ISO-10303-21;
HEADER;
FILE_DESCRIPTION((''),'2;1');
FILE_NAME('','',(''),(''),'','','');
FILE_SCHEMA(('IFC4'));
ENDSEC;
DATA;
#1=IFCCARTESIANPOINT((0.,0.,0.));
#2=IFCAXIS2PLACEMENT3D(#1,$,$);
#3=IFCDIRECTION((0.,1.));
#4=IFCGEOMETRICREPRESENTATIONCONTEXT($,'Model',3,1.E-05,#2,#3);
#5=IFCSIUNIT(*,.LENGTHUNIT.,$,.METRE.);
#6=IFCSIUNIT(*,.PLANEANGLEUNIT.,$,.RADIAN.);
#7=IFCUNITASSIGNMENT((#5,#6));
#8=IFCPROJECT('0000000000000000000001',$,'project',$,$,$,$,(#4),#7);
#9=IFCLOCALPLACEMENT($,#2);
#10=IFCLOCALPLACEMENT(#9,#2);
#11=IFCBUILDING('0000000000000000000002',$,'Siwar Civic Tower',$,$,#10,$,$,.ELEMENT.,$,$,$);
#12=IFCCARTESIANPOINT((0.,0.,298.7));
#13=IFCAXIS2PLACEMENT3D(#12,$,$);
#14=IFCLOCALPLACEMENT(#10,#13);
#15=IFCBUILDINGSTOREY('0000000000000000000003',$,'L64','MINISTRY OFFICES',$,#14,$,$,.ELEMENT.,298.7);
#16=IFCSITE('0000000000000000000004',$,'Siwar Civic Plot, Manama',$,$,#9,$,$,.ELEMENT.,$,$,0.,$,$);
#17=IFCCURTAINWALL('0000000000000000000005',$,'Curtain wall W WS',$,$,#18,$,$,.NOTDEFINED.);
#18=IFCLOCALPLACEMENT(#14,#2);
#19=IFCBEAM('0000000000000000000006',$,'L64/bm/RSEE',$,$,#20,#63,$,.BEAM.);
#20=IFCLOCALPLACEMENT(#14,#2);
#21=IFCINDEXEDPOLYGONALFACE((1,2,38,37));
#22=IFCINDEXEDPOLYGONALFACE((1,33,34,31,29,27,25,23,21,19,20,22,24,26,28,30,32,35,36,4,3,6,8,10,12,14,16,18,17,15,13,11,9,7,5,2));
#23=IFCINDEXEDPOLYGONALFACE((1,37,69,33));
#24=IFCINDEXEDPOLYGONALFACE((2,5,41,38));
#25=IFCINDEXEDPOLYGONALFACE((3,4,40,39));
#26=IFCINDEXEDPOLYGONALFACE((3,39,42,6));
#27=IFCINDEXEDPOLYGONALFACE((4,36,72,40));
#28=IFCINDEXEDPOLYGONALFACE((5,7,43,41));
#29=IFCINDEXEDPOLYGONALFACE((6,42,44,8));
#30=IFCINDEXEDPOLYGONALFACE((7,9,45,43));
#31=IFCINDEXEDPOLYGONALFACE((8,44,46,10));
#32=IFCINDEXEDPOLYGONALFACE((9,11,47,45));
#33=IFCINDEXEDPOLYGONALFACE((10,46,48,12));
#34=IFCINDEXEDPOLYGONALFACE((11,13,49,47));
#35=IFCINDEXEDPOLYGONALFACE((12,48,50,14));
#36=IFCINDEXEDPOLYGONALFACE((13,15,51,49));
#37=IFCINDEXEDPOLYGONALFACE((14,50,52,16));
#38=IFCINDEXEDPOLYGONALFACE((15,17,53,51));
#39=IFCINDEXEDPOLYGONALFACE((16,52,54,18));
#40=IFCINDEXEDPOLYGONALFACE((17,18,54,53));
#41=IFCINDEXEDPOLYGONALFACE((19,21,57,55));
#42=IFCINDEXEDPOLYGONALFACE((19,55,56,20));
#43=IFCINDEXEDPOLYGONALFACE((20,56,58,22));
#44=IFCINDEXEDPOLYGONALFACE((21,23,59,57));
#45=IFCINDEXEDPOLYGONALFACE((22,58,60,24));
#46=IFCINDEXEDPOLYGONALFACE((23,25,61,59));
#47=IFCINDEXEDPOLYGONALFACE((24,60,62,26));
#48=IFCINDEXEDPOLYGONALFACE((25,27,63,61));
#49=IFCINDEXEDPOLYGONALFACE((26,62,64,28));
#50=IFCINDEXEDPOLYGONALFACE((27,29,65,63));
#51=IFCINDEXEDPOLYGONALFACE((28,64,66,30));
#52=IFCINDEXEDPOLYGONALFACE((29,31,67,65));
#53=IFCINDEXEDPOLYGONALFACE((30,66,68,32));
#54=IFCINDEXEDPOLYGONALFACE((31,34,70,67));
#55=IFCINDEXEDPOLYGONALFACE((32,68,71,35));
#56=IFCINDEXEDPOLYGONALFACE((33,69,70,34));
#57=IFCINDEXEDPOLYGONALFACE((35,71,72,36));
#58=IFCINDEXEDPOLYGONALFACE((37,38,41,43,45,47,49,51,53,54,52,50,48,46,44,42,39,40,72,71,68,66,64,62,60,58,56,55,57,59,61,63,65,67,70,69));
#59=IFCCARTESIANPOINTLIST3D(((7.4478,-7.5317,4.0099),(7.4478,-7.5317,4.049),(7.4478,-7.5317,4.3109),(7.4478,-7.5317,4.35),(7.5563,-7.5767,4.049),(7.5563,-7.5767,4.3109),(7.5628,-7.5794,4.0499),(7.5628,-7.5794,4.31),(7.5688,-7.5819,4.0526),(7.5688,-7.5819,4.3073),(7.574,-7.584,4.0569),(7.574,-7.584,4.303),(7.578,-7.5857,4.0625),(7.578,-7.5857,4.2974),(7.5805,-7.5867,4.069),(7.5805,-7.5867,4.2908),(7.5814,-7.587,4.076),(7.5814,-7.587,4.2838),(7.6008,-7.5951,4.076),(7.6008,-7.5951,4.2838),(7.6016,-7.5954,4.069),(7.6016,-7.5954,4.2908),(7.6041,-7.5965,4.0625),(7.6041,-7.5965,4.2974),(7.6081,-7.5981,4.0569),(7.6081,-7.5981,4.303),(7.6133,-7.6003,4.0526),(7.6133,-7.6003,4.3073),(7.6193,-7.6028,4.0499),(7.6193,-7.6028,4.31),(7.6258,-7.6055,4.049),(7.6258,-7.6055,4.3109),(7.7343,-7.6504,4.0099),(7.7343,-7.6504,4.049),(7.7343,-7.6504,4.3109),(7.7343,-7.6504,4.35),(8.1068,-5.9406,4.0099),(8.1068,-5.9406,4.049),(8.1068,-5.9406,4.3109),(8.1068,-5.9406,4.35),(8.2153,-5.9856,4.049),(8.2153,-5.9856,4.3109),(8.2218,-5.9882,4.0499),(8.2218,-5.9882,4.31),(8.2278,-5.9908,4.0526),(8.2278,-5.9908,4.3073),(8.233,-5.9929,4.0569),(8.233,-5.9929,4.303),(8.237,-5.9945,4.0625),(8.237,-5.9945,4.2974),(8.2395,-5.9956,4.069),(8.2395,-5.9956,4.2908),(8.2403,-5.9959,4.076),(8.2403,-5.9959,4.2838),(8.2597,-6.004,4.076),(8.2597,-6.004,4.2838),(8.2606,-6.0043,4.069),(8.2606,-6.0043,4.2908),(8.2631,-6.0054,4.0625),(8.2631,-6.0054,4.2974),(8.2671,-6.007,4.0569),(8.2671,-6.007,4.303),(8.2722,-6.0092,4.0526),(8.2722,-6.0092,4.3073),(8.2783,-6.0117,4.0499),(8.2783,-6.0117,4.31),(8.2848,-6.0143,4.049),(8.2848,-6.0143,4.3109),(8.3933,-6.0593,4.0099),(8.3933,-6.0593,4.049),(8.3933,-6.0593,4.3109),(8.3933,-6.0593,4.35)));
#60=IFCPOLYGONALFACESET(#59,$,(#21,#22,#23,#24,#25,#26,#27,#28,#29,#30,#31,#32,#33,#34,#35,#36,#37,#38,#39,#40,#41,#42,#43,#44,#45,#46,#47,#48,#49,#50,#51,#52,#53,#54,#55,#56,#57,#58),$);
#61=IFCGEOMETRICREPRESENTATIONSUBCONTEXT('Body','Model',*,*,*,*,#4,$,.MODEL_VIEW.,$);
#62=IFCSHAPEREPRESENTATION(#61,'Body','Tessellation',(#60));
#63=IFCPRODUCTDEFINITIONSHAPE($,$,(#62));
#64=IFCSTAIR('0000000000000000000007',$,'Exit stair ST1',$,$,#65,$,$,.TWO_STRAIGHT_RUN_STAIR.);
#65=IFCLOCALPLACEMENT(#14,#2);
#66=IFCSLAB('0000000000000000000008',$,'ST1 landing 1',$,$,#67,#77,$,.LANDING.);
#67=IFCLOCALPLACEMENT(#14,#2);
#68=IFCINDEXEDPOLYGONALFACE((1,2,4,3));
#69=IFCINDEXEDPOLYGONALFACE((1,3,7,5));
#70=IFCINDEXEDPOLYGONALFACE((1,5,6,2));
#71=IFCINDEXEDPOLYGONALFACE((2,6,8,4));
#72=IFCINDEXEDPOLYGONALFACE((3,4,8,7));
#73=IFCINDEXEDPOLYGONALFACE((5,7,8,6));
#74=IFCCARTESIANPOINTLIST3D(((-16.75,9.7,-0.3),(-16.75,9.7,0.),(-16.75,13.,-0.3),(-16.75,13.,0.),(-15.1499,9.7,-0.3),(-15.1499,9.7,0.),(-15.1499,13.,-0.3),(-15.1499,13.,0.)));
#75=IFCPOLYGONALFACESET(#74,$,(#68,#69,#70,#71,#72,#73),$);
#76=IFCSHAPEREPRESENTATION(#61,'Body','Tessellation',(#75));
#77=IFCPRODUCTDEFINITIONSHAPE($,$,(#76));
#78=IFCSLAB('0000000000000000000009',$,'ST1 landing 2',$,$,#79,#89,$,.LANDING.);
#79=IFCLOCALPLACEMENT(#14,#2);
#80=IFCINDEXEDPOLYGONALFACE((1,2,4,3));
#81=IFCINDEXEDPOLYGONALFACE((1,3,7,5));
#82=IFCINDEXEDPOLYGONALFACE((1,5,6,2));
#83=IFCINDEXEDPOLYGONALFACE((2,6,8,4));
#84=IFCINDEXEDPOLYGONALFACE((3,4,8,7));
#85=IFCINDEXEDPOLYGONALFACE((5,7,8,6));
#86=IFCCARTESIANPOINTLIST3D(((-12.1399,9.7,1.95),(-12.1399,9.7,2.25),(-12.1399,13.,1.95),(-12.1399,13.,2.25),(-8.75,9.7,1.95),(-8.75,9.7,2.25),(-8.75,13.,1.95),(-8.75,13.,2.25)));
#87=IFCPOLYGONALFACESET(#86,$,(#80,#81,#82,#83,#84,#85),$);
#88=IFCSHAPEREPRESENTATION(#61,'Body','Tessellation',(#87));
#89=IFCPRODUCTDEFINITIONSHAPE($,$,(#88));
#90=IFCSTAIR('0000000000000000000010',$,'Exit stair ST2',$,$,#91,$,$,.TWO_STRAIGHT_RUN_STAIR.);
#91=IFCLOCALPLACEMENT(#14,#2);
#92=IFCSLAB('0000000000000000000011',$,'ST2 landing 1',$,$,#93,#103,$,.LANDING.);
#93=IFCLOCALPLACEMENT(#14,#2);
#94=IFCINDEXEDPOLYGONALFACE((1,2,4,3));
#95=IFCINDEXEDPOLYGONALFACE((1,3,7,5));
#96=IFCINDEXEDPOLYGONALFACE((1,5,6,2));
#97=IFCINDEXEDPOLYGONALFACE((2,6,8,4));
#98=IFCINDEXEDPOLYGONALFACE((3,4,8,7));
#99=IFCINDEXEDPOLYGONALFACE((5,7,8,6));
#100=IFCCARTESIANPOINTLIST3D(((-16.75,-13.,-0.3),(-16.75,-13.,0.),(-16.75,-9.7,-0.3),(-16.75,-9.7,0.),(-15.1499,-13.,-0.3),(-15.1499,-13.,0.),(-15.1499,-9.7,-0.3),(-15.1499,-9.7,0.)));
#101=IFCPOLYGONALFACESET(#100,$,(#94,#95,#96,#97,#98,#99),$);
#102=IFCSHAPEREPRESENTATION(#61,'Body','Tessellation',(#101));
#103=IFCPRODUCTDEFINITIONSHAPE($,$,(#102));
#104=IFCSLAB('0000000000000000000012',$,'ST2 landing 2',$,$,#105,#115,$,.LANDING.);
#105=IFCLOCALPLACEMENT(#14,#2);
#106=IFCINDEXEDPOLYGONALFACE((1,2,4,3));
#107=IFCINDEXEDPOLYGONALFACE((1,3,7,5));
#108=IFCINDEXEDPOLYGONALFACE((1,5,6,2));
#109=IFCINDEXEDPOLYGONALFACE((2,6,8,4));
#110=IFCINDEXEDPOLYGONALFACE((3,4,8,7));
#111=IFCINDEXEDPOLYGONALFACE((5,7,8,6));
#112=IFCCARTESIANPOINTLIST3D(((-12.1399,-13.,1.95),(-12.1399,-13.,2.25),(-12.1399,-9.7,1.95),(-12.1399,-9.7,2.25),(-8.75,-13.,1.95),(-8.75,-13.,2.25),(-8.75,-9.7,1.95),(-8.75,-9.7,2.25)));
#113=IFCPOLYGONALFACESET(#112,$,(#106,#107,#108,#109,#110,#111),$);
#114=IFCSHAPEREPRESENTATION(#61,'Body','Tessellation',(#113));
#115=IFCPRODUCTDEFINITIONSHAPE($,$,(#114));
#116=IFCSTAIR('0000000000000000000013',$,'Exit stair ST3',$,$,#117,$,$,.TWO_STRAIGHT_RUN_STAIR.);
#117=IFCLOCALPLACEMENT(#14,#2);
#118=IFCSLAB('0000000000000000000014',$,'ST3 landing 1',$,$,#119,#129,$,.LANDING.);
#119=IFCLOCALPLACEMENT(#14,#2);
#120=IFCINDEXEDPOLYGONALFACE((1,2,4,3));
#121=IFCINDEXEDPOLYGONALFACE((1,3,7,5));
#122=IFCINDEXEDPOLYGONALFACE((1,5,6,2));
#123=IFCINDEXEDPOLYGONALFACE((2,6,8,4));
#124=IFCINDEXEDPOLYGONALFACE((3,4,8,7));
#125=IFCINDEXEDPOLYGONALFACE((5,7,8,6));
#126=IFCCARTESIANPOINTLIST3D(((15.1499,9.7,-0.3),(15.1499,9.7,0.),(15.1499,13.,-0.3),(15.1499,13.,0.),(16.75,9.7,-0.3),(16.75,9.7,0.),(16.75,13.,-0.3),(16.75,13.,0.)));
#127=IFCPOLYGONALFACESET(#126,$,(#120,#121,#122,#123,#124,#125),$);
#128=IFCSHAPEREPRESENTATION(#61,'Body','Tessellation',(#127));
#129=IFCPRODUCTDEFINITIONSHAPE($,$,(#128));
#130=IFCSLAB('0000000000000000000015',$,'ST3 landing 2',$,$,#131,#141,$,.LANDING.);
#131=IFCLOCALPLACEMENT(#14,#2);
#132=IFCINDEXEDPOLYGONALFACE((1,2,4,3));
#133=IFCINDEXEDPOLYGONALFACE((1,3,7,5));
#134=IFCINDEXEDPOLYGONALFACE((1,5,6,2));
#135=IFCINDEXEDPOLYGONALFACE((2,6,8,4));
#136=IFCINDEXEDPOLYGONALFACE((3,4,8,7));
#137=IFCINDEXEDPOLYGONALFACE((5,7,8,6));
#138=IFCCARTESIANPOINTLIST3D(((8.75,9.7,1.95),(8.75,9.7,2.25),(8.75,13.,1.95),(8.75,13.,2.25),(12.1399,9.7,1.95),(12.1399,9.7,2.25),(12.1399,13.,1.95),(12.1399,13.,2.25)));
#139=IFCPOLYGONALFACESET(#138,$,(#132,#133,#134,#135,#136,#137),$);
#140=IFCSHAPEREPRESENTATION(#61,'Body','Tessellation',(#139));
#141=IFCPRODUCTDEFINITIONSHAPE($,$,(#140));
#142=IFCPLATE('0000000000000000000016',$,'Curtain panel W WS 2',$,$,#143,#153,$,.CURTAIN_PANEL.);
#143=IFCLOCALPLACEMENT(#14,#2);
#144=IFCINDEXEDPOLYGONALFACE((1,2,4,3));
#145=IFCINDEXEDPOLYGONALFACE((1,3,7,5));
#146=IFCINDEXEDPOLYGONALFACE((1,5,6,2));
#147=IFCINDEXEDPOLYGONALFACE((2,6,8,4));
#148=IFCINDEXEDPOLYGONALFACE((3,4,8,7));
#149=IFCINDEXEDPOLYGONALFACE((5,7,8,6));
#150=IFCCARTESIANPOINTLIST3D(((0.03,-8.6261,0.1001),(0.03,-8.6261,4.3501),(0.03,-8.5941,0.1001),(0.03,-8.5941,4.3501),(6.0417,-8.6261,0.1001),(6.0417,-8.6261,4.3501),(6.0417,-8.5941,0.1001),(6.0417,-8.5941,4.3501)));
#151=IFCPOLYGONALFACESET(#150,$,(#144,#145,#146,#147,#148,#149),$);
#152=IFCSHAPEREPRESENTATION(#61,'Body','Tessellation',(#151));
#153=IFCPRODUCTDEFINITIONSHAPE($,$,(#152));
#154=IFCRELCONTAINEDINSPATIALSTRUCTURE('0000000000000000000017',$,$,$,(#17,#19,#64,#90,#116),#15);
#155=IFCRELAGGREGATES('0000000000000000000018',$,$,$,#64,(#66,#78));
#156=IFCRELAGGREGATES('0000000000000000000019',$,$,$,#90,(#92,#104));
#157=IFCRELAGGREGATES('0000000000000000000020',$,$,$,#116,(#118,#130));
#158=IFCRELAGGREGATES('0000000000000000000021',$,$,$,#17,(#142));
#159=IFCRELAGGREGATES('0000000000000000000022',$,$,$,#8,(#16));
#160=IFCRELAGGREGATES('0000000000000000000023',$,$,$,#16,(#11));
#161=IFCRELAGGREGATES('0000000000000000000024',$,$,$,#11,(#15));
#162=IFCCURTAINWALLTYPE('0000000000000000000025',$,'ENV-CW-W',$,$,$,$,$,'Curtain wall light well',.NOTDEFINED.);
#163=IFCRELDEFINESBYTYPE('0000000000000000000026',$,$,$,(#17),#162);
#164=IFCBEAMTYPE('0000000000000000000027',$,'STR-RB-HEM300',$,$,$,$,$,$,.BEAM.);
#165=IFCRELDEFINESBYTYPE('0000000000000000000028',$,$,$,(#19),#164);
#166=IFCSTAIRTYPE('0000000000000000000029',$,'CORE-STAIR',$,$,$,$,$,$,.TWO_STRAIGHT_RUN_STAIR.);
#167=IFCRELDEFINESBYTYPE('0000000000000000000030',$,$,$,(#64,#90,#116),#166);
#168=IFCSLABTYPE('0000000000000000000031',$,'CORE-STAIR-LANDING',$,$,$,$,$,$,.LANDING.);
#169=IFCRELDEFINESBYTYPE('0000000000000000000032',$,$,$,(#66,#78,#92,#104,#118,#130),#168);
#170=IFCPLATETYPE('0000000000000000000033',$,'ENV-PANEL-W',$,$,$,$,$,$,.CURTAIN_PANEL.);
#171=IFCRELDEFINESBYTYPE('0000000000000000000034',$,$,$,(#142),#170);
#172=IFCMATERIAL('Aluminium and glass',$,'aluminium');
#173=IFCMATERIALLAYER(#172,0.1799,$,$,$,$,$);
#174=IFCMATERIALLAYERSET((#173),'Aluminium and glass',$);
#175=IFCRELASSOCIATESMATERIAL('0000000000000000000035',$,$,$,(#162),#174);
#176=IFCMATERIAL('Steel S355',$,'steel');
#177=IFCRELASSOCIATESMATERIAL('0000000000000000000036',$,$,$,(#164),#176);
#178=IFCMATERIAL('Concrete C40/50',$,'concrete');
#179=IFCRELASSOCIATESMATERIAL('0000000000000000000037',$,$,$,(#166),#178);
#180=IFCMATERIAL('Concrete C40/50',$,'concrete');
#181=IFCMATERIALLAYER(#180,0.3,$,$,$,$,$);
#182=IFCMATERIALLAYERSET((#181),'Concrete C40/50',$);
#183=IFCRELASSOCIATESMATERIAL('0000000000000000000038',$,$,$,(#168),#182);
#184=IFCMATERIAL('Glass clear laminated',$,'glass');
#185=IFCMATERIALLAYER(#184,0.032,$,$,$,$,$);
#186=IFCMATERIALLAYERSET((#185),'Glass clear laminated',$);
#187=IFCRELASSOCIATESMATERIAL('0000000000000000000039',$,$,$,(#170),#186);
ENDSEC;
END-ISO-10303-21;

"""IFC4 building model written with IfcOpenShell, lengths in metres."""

from ifc_helpers import new_model, si_unit, direction, frame, origin, origin_2d, place, context, subcontext, project, spatial, polyline, rectangle, i_section, outline, extrude, material, layer, layer_set, material_profile, profile_set, type_object, element, aggregate, save


model = new_model("IFC4")

# Units and contexts
model_context = context("Model", 3, precision=1e-05, world=origin(), true_north=direction((0.0, 1.0)))
body_context = subcontext(model_context, "Body", "Model", "MODEL_VIEW")
ifc_project = project(units=[si_unit("LENGTHUNIT", "METRE"), si_unit("PLANEANGLEUNIT", "RADIAN")], contexts=[model_context])

# Site, building, storey
site_placement = place(None, origin())
site = spatial("IfcSite", under=ifc_project, at=site_placement, Name="Siwar Civic Plot, Manama", CompositionType="ELEMENT", RefElevation=0.0)
building_placement = place(site_placement, origin())
building = spatial("IfcBuilding", under=site, at=building_placement, Name="Siwar Civic Tower", CompositionType="ELEMENT")
storey_placement = place(building_placement, frame((0.0, 0.0, 298.7)))
storey = spatial("IfcBuildingStorey", under=building, at=storey_placement, Name="L64", Description="MINISTRY OFFICES", CompositionType="ELEMENT", Elevation=298.7)

# Curtain wall
ifc_material_1 = material(Name="Aluminium and glass", Category="aluminium")
ifc_layer_1 = layer(ifc_material_1, 0.1799)
ifc_layer_set_1 = layer_set([ifc_layer_1], Name="Aluminium and glass")
curtain_wall_type = type_object("IfcCurtainWallType", Name="ENV-CW-W", ElementType="Curtain wall light well", PredefinedType="NOTDEFINED", material=ifc_layer_set_1)
curtain_wall_placement = place(storey_placement, origin())
curtain_wall = element("IfcCurtainWall", 1, at=curtain_wall_placement, inside=storey, type_object=curtain_wall_type, Name="Curtain wall W WS", PredefinedType="NOTDEFINED")

# Beam
ifc_material_2 = material(Name="Steel S355", Category="steel")
ifc_material_profile_1 = material_profile(ifc_material_2, i_section(OverallWidth=0.3101, OverallDepth=0.3401, WebThickness=0.021, FlangeThickness=0.0391, FilletRadius=0.0271, at=origin_2d()), Name="HEM300")
ifc_profile_set_1 = profile_set([ifc_material_profile_1], Name="Steel S355")
beam_type = type_object("IfcBeamType", Name="STR-RB-HEM300", PredefinedType="BEAM", material=ifc_profile_set_1)
for number, where, z_axis, x_axis, name in (
    (2, (7.5911, -7.5911, 4.1799), (0.382631, 0.923901, 0.0), (-0.923901, 0.382631, 0.0), "L64/bm/RSEE"),
):
    element("IfcBeam", number, at=place(storey_placement, frame(where, z_axis=z_axis, x_axis=x_axis)), inside=storey, type_object=beam_type, Name=name, PredefinedType="BEAM", context=body_context, shape_type="SweptSolid", body=[
        extrude(i_section(OverallWidth=0.3101, OverallDepth=0.3401, WebThickness=0.021, FlangeThickness=0.0391, FilletRadius=0.0271, at=origin_2d()), origin(), (0.0, 0.0, 1.0), 1.7222),
    ])

# Stairs, slabs
ifc_material_3 = material(Name="Concrete C40/50", Category="concrete")
stair_type = type_object("IfcStairType", Name="CORE-STAIR", PredefinedType="TWO_STRAIGHT_RUN_STAIR", material=ifc_material_3)
stair_1_placement = place(storey_placement, origin())
stair_1 = element("IfcStair", 3, at=stair_1_placement, inside=storey, type_object=stair_type, Name="Exit stair ST1", PredefinedType="TWO_STRAIGHT_RUN_STAIR")
ifc_material_4 = material(Name="Concrete C40/50", Category="concrete")
ifc_layer_2 = layer(ifc_material_4, 0.3)
ifc_layer_set_2 = layer_set([ifc_layer_2], Name="Concrete C40/50")
slab_type_1 = type_object("IfcSlabType", Name="CORE-STAIR-LANDING", PredefinedType="LANDING", material=ifc_layer_set_2)
slab_1_placement = place(storey_placement, frame((0.0, 0.0, -0.3)))
slab_1 = element("IfcSlab", 4, at=slab_1_placement, type_object=slab_type_1, Name="ST1 landing 1", PredefinedType="LANDING", context=body_context, shape_type="SweptSolid", body=[
    extrude(outline(polyline([(-15.1499, 13.0), (-16.75, 13.0), (-16.75, 9.7), (-15.1499, 9.7), (-15.1499, 13.0)])), origin(), (0.0, 0.0, 1.0), 0.3),
])
slab_2_placement = place(storey_placement, frame((0.0, 0.0, 1.95)))
slab_2 = element("IfcSlab", 5, at=slab_2_placement, type_object=slab_type_1, Name="ST1 landing 2", PredefinedType="LANDING", context=body_context, shape_type="SweptSolid", body=[
    extrude(outline(polyline([(-8.75, 13.0), (-12.1399, 13.0), (-12.1399, 9.7), (-8.75, 9.7), (-8.75, 13.0)])), origin(), (0.0, 0.0, 1.0), 0.3),
])
aggregate(stair_1, [slab_1, slab_2])
stair_2_placement = place(storey_placement, origin())
stair_2 = element("IfcStair", 6, at=stair_2_placement, inside=storey, type_object=stair_type, Name="Exit stair ST2", PredefinedType="TWO_STRAIGHT_RUN_STAIR")
slab_3_placement = place(storey_placement, frame((0.0, 0.0, -0.3)))
slab_3 = element("IfcSlab", 7, at=slab_3_placement, type_object=slab_type_1, Name="ST2 landing 1", PredefinedType="LANDING", context=body_context, shape_type="SweptSolid", body=[
    extrude(outline(polyline([(-15.1499, -9.7), (-16.75, -9.7), (-16.75, -13.0), (-15.1499, -13.0), (-15.1499, -9.7)])), origin(), (0.0, 0.0, 1.0), 0.3),
])
slab_4_placement = place(storey_placement, frame((0.0, 0.0, 1.95)))
slab_4 = element("IfcSlab", 8, at=slab_4_placement, type_object=slab_type_1, Name="ST2 landing 2", PredefinedType="LANDING", context=body_context, shape_type="SweptSolid", body=[
    extrude(outline(polyline([(-8.75, -9.7), (-12.1399, -9.7), (-12.1399, -13.0), (-8.75, -13.0), (-8.75, -9.7)])), origin(), (0.0, 0.0, 1.0), 0.3),
])
aggregate(stair_2, [slab_3, slab_4])
stair_3_placement = place(storey_placement, origin())
stair_3 = element("IfcStair", 9, at=stair_3_placement, inside=storey, type_object=stair_type, Name="Exit stair ST3", PredefinedType="TWO_STRAIGHT_RUN_STAIR")
slab_5_placement = place(storey_placement, frame((0.0, 0.0, -0.3)))
slab_5 = element("IfcSlab", 10, at=slab_5_placement, type_object=slab_type_1, Name="ST3 landing 1", PredefinedType="LANDING", context=body_context, shape_type="SweptSolid", body=[
    extrude(outline(polyline([(15.1499, 9.7), (16.75, 9.7), (16.75, 13.0), (15.1499, 13.0), (15.1499, 9.7)])), origin(), (0.0, 0.0, 1.0), 0.3),
])
slab_6_placement = place(storey_placement, frame((0.0, 0.0, 1.95)))
slab_6 = element("IfcSlab", 11, at=slab_6_placement, type_object=slab_type_1, Name="ST3 landing 2", PredefinedType="LANDING", context=body_context, shape_type="SweptSolid", body=[
    extrude(outline(polyline([(8.75, 9.7), (12.1399, 9.7), (12.1399, 13.0), (8.75, 13.0), (8.75, 9.7)])), origin(), (0.0, 0.0, 1.0), 0.3),
])
aggregate(stair_3, [slab_5, slab_6])

# Plate
ifc_material_5 = material(Name="Glass clear laminated", Category="glass")
ifc_layer_3 = layer(ifc_material_5, 0.032)
ifc_layer_set_3 = layer_set([ifc_layer_3], Name="Glass clear laminated")
plate_type = type_object("IfcPlateType", Name="ENV-PANEL-W", PredefinedType="CURTAIN_PANEL", material=ifc_layer_set_3)
plate_placement = place(storey_placement, frame((3.0359, -8.6101, 0.1001), z_axis=(0.0, 0.0, 1.0), x_axis=(1.0, 0.0, 0.0)))
plate = element("IfcPlate", 12, at=plate_placement, type_object=plate_type, Name="Curtain panel W WS 2", PredefinedType="CURTAIN_PANEL", context=body_context, shape_type="SweptSolid", body=[
    extrude(rectangle(XDim=6.0117, YDim=0.032, at=origin_2d()), origin(), (0.0, 0.0, 1.0), 4.25),
])
aggregate(curtain_wall, [plate])

save(model, "model.ifc")
